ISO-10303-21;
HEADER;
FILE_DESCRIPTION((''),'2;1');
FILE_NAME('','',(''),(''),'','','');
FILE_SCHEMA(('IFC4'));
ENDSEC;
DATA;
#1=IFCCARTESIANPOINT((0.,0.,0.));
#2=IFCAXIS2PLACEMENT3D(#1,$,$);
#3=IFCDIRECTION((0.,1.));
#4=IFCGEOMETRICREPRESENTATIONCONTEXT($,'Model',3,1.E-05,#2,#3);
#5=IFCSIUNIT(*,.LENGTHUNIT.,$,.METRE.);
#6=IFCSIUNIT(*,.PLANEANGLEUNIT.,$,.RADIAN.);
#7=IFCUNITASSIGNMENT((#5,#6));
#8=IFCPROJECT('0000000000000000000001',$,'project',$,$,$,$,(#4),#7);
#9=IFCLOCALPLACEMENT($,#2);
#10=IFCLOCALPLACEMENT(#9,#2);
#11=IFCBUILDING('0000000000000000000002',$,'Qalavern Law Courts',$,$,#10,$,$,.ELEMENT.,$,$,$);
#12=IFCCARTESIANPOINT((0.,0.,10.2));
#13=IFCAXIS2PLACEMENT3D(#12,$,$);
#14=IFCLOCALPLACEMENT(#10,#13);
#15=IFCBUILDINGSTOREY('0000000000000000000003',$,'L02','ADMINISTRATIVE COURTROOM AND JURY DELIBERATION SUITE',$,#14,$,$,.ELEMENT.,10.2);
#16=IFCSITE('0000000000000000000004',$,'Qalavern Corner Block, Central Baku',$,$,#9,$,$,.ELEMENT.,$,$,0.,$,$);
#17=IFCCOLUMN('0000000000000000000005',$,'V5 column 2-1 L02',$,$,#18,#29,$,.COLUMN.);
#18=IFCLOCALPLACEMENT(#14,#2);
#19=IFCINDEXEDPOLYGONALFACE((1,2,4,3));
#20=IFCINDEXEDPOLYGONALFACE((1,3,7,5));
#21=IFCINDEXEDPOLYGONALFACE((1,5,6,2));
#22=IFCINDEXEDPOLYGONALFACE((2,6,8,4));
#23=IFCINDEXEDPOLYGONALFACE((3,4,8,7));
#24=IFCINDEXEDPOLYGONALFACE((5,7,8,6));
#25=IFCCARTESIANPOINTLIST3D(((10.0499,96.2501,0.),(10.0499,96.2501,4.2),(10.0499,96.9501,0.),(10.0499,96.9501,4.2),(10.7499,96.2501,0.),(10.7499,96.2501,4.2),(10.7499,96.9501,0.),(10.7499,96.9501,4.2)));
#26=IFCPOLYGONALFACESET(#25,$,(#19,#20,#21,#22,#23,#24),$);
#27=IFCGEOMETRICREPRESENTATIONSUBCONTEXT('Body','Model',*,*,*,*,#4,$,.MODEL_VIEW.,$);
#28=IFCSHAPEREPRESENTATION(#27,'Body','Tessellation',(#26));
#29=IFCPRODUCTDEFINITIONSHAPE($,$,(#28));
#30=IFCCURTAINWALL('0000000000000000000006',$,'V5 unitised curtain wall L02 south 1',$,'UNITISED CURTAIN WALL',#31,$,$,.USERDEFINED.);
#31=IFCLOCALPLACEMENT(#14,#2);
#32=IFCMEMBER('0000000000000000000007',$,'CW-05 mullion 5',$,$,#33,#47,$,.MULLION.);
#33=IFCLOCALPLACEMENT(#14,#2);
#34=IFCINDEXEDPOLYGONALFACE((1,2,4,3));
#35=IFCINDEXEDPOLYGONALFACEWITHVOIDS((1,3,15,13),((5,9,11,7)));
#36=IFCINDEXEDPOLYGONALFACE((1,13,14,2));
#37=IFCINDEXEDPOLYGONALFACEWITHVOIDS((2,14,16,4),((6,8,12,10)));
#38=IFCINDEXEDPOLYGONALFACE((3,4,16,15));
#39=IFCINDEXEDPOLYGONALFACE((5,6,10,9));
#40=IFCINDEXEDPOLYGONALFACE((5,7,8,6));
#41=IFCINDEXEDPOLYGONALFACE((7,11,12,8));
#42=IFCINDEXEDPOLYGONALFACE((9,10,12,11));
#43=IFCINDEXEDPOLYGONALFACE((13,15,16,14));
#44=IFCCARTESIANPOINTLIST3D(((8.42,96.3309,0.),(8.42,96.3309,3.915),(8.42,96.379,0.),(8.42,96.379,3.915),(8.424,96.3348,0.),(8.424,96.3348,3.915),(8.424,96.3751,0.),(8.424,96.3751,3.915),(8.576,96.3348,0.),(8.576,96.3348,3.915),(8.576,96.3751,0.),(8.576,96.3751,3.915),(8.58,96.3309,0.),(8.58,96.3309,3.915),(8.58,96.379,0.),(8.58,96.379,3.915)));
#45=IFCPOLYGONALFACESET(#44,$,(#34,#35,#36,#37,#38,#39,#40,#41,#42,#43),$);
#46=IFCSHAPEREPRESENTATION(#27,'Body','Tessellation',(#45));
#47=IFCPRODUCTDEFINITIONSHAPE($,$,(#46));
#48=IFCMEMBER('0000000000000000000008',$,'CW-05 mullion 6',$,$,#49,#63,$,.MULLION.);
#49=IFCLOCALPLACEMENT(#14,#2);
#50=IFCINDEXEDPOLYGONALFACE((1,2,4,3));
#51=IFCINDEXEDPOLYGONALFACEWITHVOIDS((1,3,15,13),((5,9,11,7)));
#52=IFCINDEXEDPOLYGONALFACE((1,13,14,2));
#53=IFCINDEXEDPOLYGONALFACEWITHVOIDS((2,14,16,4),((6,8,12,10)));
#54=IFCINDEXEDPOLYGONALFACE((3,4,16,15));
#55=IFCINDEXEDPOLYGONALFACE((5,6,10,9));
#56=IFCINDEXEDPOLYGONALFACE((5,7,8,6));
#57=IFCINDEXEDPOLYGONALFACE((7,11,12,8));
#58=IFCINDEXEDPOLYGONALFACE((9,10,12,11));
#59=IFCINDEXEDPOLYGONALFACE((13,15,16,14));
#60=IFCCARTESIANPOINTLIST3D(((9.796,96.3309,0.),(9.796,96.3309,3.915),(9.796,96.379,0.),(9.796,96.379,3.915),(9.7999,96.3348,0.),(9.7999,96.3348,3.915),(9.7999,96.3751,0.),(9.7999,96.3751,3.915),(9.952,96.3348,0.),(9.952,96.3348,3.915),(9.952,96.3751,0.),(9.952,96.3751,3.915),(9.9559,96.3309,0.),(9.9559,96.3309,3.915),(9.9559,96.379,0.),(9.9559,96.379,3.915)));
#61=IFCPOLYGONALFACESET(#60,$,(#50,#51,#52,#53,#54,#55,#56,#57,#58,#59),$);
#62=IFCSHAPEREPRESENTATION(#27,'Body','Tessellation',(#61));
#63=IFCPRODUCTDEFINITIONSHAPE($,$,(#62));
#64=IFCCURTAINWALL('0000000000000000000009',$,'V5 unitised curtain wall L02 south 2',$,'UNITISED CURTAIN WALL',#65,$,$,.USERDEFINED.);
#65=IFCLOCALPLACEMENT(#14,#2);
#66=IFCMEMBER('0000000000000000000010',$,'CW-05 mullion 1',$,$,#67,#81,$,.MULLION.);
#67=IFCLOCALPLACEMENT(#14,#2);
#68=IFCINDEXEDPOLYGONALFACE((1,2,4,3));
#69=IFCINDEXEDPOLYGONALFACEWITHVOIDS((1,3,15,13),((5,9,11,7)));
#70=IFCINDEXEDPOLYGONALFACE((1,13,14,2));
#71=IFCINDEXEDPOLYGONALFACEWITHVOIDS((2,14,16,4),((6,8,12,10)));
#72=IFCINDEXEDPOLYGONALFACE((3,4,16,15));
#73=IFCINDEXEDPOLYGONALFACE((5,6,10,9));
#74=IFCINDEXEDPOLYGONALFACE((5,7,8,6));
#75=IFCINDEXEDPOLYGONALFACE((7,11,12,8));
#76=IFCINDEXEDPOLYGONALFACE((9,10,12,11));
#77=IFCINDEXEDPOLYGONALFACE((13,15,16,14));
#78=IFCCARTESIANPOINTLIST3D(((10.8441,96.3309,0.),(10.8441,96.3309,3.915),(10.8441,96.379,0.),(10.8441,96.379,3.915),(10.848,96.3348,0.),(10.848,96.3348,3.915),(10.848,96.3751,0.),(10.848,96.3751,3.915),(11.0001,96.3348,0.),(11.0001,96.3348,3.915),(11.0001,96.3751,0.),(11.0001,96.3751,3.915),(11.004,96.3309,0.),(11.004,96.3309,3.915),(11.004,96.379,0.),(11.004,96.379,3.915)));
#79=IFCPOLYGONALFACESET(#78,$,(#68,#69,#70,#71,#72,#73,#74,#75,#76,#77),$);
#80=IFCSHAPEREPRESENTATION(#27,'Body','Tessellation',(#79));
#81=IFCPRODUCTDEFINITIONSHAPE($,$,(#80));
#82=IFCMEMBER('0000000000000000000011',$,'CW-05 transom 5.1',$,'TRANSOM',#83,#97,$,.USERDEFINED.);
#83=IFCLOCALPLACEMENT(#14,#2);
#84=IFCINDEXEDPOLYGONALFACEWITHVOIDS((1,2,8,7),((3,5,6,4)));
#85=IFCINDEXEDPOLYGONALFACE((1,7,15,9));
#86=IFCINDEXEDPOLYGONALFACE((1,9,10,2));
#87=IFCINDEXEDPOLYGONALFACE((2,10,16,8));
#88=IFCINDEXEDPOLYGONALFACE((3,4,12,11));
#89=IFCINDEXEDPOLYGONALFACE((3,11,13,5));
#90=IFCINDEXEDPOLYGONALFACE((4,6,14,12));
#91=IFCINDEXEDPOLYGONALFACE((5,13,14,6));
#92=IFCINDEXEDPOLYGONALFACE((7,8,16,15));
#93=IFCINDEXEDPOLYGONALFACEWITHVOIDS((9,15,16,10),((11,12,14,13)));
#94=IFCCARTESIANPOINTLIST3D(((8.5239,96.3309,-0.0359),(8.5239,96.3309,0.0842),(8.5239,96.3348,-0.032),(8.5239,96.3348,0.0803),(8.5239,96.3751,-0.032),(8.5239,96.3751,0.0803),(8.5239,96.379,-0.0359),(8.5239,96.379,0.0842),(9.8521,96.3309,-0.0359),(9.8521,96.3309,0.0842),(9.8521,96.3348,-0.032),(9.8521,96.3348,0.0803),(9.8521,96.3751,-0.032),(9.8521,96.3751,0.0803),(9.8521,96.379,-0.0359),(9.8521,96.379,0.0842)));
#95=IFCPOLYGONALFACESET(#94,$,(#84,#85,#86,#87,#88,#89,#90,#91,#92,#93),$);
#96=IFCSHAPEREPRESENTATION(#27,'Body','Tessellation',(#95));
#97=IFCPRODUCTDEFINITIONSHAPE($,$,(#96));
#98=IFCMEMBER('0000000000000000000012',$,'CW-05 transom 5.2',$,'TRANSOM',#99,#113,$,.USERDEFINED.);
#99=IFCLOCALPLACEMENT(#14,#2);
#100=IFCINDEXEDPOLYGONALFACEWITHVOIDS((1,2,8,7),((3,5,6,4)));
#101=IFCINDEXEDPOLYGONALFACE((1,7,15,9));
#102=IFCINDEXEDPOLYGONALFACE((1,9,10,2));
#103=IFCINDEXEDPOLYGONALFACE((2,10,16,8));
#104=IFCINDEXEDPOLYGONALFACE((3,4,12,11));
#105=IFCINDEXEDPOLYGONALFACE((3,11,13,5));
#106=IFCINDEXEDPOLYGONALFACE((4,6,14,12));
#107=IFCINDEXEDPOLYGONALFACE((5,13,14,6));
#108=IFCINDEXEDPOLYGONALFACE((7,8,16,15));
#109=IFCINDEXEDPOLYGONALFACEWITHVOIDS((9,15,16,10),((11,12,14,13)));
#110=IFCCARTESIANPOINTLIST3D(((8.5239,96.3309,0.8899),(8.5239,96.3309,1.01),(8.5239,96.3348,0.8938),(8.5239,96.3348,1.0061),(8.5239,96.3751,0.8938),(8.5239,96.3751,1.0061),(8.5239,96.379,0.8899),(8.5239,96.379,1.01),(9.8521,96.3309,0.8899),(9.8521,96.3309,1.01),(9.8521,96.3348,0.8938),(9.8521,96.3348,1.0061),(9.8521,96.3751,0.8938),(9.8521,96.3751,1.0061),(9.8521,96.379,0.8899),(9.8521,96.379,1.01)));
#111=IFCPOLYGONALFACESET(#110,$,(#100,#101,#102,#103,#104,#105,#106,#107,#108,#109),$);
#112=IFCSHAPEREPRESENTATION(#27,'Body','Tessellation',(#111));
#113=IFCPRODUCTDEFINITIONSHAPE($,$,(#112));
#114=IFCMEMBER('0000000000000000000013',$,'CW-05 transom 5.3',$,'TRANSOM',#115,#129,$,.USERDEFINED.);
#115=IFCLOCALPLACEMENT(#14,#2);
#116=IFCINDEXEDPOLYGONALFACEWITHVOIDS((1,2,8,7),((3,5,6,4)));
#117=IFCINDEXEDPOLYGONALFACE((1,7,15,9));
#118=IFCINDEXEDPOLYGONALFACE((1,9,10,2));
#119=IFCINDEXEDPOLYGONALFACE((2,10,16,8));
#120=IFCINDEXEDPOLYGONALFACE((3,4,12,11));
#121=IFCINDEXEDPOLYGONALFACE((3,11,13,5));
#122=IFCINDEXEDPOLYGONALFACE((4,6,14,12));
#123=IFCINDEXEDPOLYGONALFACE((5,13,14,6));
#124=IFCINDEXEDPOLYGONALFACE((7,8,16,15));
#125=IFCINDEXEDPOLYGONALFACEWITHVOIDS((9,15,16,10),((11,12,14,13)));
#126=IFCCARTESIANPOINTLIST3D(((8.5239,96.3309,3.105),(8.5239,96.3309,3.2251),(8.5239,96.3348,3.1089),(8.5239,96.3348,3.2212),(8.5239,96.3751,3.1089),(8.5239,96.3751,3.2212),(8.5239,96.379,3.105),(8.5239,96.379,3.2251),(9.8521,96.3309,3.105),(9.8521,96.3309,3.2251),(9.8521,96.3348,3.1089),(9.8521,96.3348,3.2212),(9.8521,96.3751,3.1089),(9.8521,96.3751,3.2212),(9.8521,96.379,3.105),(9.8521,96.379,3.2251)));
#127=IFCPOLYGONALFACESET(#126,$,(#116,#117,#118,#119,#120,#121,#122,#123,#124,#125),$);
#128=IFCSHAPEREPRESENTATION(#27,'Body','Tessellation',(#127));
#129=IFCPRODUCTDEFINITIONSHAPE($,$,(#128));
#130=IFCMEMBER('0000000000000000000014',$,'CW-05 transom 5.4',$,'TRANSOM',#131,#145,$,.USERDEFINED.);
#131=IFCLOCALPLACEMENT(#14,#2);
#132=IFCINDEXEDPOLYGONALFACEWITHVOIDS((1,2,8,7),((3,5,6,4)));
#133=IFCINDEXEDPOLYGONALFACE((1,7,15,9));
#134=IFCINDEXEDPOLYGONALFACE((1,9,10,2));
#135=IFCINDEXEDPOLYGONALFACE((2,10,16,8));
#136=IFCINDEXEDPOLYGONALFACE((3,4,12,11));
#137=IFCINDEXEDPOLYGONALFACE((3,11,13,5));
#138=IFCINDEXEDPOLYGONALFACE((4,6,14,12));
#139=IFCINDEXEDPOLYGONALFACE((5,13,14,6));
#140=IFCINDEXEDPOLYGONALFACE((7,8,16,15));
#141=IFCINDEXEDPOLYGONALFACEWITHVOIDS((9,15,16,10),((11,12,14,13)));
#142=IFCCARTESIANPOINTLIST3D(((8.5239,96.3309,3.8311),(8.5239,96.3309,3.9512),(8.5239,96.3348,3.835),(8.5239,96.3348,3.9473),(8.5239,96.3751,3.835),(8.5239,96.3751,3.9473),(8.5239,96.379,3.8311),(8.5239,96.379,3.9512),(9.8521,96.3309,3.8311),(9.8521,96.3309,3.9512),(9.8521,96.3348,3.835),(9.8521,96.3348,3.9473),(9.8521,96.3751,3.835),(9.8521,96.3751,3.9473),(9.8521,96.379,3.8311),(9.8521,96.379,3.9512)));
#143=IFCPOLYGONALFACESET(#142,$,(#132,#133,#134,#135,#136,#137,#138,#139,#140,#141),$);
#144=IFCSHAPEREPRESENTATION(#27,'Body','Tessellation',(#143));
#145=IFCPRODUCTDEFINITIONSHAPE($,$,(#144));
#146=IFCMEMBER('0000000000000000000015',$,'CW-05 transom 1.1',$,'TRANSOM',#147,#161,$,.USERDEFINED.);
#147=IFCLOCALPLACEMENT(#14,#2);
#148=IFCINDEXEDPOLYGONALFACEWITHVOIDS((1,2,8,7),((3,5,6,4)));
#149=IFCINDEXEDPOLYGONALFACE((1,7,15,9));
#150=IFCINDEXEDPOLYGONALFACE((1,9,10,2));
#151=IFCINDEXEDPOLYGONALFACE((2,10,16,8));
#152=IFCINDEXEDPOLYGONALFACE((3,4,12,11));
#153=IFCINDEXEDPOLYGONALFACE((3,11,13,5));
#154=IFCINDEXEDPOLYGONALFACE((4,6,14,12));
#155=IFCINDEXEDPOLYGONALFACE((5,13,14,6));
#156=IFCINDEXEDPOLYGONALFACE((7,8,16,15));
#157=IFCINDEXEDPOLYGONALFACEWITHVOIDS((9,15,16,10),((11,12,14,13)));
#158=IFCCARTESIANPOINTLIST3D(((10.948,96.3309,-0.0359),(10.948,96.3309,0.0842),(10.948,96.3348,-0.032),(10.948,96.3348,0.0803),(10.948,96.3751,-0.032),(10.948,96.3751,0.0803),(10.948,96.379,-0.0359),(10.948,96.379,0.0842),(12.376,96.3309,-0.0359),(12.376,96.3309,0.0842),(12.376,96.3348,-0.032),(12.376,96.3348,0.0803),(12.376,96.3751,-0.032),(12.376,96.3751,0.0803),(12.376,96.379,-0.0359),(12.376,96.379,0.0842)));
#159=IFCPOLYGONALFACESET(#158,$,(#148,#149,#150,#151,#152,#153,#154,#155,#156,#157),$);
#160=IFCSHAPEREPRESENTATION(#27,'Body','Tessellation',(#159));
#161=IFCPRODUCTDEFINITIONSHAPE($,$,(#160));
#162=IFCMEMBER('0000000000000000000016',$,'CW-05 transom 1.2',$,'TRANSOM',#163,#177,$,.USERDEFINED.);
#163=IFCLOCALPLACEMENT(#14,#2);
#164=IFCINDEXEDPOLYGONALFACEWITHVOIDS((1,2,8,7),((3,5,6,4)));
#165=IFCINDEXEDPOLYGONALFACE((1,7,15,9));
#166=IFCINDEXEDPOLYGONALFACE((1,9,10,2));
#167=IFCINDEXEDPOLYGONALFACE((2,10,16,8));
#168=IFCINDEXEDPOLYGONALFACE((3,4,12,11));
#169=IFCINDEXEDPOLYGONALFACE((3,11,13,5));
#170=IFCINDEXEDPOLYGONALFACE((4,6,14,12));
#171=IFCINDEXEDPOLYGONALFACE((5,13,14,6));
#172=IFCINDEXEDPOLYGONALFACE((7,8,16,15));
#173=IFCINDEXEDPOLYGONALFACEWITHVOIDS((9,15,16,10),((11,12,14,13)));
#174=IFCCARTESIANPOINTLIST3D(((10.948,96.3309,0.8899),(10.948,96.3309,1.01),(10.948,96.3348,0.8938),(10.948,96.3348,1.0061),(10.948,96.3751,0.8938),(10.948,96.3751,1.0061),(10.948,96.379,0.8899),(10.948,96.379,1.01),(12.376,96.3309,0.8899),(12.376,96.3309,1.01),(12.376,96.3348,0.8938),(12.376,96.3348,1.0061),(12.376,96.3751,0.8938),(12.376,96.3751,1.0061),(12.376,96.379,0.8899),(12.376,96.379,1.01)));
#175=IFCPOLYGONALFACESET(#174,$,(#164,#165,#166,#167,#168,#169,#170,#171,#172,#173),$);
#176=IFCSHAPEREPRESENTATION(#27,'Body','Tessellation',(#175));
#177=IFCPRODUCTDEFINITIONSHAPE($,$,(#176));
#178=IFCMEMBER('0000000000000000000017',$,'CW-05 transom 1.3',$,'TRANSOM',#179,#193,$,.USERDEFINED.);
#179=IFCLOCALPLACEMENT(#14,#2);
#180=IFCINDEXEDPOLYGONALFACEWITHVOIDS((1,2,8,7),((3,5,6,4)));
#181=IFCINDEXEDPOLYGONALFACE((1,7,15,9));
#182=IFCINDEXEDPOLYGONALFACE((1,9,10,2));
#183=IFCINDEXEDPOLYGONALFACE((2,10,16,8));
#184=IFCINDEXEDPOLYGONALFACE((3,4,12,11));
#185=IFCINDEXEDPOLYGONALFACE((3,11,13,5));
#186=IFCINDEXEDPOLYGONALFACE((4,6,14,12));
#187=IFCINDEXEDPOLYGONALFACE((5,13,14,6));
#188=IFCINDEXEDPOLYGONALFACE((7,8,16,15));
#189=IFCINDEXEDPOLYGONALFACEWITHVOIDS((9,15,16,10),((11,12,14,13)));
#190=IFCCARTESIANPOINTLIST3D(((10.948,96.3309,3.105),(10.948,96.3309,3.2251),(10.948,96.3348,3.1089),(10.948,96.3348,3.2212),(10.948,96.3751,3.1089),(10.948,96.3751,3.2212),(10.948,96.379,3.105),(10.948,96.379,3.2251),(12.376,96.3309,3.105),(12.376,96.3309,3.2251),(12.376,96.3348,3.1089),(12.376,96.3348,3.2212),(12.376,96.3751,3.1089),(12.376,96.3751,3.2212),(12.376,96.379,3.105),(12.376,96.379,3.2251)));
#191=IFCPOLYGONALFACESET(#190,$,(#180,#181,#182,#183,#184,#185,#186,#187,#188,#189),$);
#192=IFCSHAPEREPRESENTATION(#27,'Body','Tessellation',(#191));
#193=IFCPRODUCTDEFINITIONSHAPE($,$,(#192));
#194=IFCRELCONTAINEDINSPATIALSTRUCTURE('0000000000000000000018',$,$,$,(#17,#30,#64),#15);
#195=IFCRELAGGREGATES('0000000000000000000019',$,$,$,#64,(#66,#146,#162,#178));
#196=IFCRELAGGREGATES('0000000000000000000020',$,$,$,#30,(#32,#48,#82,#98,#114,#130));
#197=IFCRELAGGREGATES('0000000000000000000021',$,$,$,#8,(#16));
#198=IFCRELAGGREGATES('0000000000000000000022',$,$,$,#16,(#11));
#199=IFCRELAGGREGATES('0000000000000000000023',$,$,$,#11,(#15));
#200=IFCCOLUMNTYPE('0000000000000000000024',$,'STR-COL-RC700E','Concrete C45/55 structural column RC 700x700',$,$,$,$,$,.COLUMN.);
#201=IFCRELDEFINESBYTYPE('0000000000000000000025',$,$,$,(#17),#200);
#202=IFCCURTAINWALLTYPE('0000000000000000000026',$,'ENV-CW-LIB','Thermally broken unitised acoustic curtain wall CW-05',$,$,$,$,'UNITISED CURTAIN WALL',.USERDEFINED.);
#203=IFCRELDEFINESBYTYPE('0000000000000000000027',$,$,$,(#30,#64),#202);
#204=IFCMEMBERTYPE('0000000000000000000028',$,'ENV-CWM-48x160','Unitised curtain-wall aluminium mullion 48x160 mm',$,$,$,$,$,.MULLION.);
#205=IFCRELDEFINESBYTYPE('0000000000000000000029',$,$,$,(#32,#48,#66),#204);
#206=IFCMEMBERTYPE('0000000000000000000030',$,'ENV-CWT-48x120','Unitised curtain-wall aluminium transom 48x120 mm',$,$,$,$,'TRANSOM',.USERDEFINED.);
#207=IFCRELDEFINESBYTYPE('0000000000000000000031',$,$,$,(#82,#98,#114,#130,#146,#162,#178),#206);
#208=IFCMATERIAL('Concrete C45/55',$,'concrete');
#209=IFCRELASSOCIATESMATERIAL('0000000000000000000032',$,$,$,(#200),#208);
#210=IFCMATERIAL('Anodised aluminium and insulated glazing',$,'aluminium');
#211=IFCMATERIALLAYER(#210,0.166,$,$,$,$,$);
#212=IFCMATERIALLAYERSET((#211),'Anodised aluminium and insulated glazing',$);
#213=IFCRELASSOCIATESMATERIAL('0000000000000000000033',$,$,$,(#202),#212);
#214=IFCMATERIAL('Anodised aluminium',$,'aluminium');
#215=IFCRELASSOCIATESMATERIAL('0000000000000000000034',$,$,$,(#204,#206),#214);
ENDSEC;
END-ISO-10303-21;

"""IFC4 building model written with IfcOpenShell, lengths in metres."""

from ifc_helpers import new_model, si_unit, direction, frame, origin, origin_2d, place, context, subcontext, project, spatial, rectangle, hollow_rectangle, extrude, material, layer, layer_set, material_profile, profile_set, type_object, element, aggregate, save


model = new_model("IFC4")

# Units and contexts
model_context = context("Model", 3, precision=1e-05, world=origin(), true_north=direction((0.0, 1.0)))
body_context = subcontext(model_context, "Body", "Model", "MODEL_VIEW")
ifc_project = project(units=[si_unit("LENGTHUNIT", "METRE"), si_unit("PLANEANGLEUNIT", "RADIAN")], contexts=[model_context])

# Site, building, storey
site_placement = place(None, origin())
site = spatial("IfcSite", under=ifc_project, at=site_placement, Name="Qalavern Corner Block, Central Baku", CompositionType="ELEMENT", RefElevation=0.0)
building_placement = place(site_placement, origin())
building = spatial("IfcBuilding", under=site, at=building_placement, Name="Qalavern Law Courts", CompositionType="ELEMENT")
storey_placement = place(building_placement, frame((0.0, 0.0, 10.2)))
storey = spatial("IfcBuildingStorey", under=building, at=storey_placement, Name="L02", Description="ADMINISTRATIVE COURTROOM AND JURY DELIBERATION SUITE", CompositionType="ELEMENT", Elevation=10.2)

# Column
ifc_material_1 = material(Name="Concrete C45/55", Category="concrete")
ifc_material_profile_1 = material_profile(ifc_material_1, rectangle(XDim=0.7, YDim=0.7, at=origin_2d()), Name="RC 700x700")
ifc_profile_set_1 = profile_set([ifc_material_profile_1], Name="Concrete C45/55")
column_type = type_object("IfcColumnType", Name="STR-COL-RC700E", Description="Concrete C45/55 structural column RC 700x700", PredefinedType="COLUMN", material=ifc_profile_set_1)
column_placement = place(storey_placement, frame((10.3999, 96.6001, 0.0), z_axis=(0.0, 0.0, 1.0), x_axis=(1.0, 0.0, 0.0)))
element("IfcColumn", 1, at=column_placement, inside=storey, type_object=column_type, Name="V5 column 2-1 L02", PredefinedType="COLUMN", context=body_context, shape_type="SweptSolid", body=[
    extrude(rectangle(XDim=0.7, YDim=0.7, at=origin_2d()), origin(), (0.0, 0.0, 1.0), 4.2),
])

# Curtain wall, members
ifc_material_2 = material(Name="Anodised aluminium and insulated glazing", Category="aluminium")
ifc_layer_1 = layer(ifc_material_2, 0.166)
ifc_layer_set_1 = layer_set([ifc_layer_1], Name="Anodised aluminium and insulated glazing")
curtain_wall_type = type_object("IfcCurtainWallType", Name="ENV-CW-LIB", Description="Thermally broken unitised acoustic curtain wall CW-05", ElementType="UNITISED CURTAIN WALL", PredefinedType="USERDEFINED", material=ifc_layer_set_1)
curtain_wall_1_placement = place(storey_placement, origin())
curtain_wall_1 = element("IfcCurtainWall", 2, at=curtain_wall_1_placement, inside=storey, type_object=curtain_wall_type, Name="V5 unitised curtain wall L02 south 1", ObjectType="UNITISED CURTAIN WALL", PredefinedType="USERDEFINED")
ifc_material_3 = material(Name="Anodised aluminium", Category="aluminium")
ifc_material_profile_2 = material_profile(ifc_material_3, hollow_rectangle(XDim=0.0481, YDim=0.1599, WallThickness=0.0039, at=origin_2d()), Name="ALU MULLION 48x160")
ifc_profile_set_2 = profile_set([ifc_material_profile_2], Name="Anodised aluminium")
member_type_1 = type_object("IfcMemberType", Name="ENV-CWM-48x160", Description="Unitised curtain-wall aluminium mullion 48x160 mm", PredefinedType="MULLION", material=ifc_profile_set_2)
member_1_placement = place(storey_placement, frame((8.5, 96.355, 0.0), z_axis=(0.0, 0.0, 1.0), x_axis=(0.0, 1.0, 0.0)))
member_1 = element("IfcMember", 3, at=member_1_placement, type_object=member_type_1, Name="CW-05 mullion 5", PredefinedType="MULLION", context=body_context, shape_type="SweptSolid", body=[
    extrude(hollow_rectangle(XDim=0.0481, YDim=0.1599, WallThickness=0.0039, at=origin_2d()), origin(), (0.0, 0.0, 1.0), 3.915),
])
member_2_placement = place(storey_placement, frame((9.876, 96.355, 0.0), z_axis=(0.0, 0.0, 1.0), x_axis=(0.0, 1.0, 0.0)))
member_2 = element("IfcMember", 4, at=member_2_placement, type_object=member_type_1, Name="CW-05 mullion 6", PredefinedType="MULLION", context=body_context, shape_type="SweptSolid", body=[
    extrude(hollow_rectangle(XDim=0.0481, YDim=0.1599, WallThickness=0.0039, at=origin_2d()), origin(), (0.0, 0.0, 1.0), 3.915),
])

# Curtain wall, member
curtain_wall_2_placement = place(storey_placement, origin())
curtain_wall_2 = element("IfcCurtainWall", 5, at=curtain_wall_2_placement, inside=storey, type_object=curtain_wall_type, Name="V5 unitised curtain wall L02 south 2", ObjectType="UNITISED CURTAIN WALL", PredefinedType="USERDEFINED")
member_3_placement = place(storey_placement, frame((10.9241, 96.355, 0.0), z_axis=(0.0, 0.0, 1.0), x_axis=(0.0, 1.0, 0.0)))
member_3 = element("IfcMember", 6, at=member_3_placement, type_object=member_type_1, Name="CW-05 mullion 1", PredefinedType="MULLION", context=body_context, shape_type="SweptSolid", body=[
    extrude(hollow_rectangle(XDim=0.0481, YDim=0.1599, WallThickness=0.0039, at=origin_2d()), origin(), (0.0, 0.0, 1.0), 3.915),
])

# Members
ifc_material_profile_3 = material_profile(ifc_material_3, hollow_rectangle(XDim=0.0481, YDim=0.1201, WallThickness=0.0039, at=origin_2d()), Name="ALU TRANSOM 48x120")
ifc_profile_set_3 = profile_set([ifc_material_profile_3], Name="Anodised aluminium")
member_type_2 = type_object("IfcMemberType", Name="ENV-CWT-48x120", Description="Unitised curtain-wall aluminium transom 48x120 mm", ElementType="TRANSOM", PredefinedType="USERDEFINED", material=ifc_profile_set_3)
member_4_placement = place(storey_placement, frame((8.5239, 96.355, 0.0242), z_axis=(1.0, 0.0, 0.0), x_axis=(0.0, 1.0, 0.0)))
member_4 = element("IfcMember", 7, at=member_4_placement, type_object=member_type_2, Name="CW-05 transom 5.1", ObjectType="TRANSOM", PredefinedType="USERDEFINED", context=body_context, shape_type="SweptSolid", body=[
    extrude(hollow_rectangle(XDim=0.0481, YDim=0.1201, WallThickness=0.0039, at=origin_2d()), origin(), (0.0, 0.0, 1.0), 1.3281),
])
member_5_placement = place(storey_placement, frame((8.5239, 96.355, 0.95), z_axis=(1.0, 0.0, 0.0), x_axis=(0.0, 1.0, 0.0)))
member_5 = element("IfcMember", 8, at=member_5_placement, type_object=member_type_2, Name="CW-05 transom 5.2", ObjectType="TRANSOM", PredefinedType="USERDEFINED", context=body_context, shape_type="SweptSolid", body=[
    extrude(hollow_rectangle(XDim=0.0481, YDim=0.1201, WallThickness=0.0039, at=origin_2d()), origin(), (0.0, 0.0, 1.0), 1.3281),
])
member_6_placement = place(storey_placement, frame((8.5239, 96.355, 3.165), z_axis=(1.0, 0.0, 0.0), x_axis=(0.0, 1.0, 0.0)))
member_6 = element("IfcMember", 9, at=member_6_placement, type_object=member_type_2, Name="CW-05 transom 5.3", ObjectType="TRANSOM", PredefinedType="USERDEFINED", context=body_context, shape_type="SweptSolid", body=[
    extrude(hollow_rectangle(XDim=0.0481, YDim=0.1201, WallThickness=0.0039, at=origin_2d()), origin(), (0.0, 0.0, 1.0), 1.3281),
])
member_7_placement = place(storey_placement, frame((8.5239, 96.355, 3.8911), z_axis=(1.0, 0.0, 0.0), x_axis=(0.0, 1.0, 0.0)))
member_7 = element("IfcMember", 10, at=member_7_placement, type_object=member_type_2, Name="CW-05 transom 5.4", ObjectType="TRANSOM", PredefinedType="USERDEFINED", context=body_context, shape_type="SweptSolid", body=[
    extrude(hollow_rectangle(XDim=0.0481, YDim=0.1201, WallThickness=0.0039, at=origin_2d()), origin(), (0.0, 0.0, 1.0), 1.3281),
])
member_8_placement = place(storey_placement, frame((10.948, 96.355, 0.0242), z_axis=(1.0, 0.0, 0.0), x_axis=(0.0, 1.0, 0.0)))
member_8 = element("IfcMember", 11, at=member_8_placement, type_object=member_type_2, Name="CW-05 transom 1.1", ObjectType="TRANSOM", PredefinedType="USERDEFINED", context=body_context, shape_type="SweptSolid", body=[
    extrude(hollow_rectangle(XDim=0.0481, YDim=0.1201, WallThickness=0.0039, at=origin_2d()), origin(), (0.0, 0.0, 1.0), 1.428),
])
member_9_placement = place(storey_placement, frame((10.948, 96.355, 0.95), z_axis=(1.0, 0.0, 0.0), x_axis=(0.0, 1.0, 0.0)))
member_9 = element("IfcMember", 12, at=member_9_placement, type_object=member_type_2, Name="CW-05 transom 1.2", ObjectType="TRANSOM", PredefinedType="USERDEFINED", context=body_context, shape_type="SweptSolid", body=[
    extrude(hollow_rectangle(XDim=0.0481, YDim=0.1201, WallThickness=0.0039, at=origin_2d()), origin(), (0.0, 0.0, 1.0), 1.428),
])
member_10_placement = place(storey_placement, frame((10.948, 96.355, 3.165), z_axis=(1.0, 0.0, 0.0), x_axis=(0.0, 1.0, 0.0)))
member_10 = element("IfcMember", 13, at=member_10_placement, type_object=member_type_2, Name="CW-05 transom 1.3", ObjectType="TRANSOM", PredefinedType="USERDEFINED", context=body_context, shape_type="SweptSolid", body=[
    extrude(hollow_rectangle(XDim=0.0481, YDim=0.1201, WallThickness=0.0039, at=origin_2d()), origin(), (0.0, 0.0, 1.0), 1.428),
])
aggregate(curtain_wall_2, [member_3, member_8, member_9, member_10])

aggregate(curtain_wall_1, [member_1, member_2, member_4, member_5, member_6, member_7])

save(model, "model.ifc")
